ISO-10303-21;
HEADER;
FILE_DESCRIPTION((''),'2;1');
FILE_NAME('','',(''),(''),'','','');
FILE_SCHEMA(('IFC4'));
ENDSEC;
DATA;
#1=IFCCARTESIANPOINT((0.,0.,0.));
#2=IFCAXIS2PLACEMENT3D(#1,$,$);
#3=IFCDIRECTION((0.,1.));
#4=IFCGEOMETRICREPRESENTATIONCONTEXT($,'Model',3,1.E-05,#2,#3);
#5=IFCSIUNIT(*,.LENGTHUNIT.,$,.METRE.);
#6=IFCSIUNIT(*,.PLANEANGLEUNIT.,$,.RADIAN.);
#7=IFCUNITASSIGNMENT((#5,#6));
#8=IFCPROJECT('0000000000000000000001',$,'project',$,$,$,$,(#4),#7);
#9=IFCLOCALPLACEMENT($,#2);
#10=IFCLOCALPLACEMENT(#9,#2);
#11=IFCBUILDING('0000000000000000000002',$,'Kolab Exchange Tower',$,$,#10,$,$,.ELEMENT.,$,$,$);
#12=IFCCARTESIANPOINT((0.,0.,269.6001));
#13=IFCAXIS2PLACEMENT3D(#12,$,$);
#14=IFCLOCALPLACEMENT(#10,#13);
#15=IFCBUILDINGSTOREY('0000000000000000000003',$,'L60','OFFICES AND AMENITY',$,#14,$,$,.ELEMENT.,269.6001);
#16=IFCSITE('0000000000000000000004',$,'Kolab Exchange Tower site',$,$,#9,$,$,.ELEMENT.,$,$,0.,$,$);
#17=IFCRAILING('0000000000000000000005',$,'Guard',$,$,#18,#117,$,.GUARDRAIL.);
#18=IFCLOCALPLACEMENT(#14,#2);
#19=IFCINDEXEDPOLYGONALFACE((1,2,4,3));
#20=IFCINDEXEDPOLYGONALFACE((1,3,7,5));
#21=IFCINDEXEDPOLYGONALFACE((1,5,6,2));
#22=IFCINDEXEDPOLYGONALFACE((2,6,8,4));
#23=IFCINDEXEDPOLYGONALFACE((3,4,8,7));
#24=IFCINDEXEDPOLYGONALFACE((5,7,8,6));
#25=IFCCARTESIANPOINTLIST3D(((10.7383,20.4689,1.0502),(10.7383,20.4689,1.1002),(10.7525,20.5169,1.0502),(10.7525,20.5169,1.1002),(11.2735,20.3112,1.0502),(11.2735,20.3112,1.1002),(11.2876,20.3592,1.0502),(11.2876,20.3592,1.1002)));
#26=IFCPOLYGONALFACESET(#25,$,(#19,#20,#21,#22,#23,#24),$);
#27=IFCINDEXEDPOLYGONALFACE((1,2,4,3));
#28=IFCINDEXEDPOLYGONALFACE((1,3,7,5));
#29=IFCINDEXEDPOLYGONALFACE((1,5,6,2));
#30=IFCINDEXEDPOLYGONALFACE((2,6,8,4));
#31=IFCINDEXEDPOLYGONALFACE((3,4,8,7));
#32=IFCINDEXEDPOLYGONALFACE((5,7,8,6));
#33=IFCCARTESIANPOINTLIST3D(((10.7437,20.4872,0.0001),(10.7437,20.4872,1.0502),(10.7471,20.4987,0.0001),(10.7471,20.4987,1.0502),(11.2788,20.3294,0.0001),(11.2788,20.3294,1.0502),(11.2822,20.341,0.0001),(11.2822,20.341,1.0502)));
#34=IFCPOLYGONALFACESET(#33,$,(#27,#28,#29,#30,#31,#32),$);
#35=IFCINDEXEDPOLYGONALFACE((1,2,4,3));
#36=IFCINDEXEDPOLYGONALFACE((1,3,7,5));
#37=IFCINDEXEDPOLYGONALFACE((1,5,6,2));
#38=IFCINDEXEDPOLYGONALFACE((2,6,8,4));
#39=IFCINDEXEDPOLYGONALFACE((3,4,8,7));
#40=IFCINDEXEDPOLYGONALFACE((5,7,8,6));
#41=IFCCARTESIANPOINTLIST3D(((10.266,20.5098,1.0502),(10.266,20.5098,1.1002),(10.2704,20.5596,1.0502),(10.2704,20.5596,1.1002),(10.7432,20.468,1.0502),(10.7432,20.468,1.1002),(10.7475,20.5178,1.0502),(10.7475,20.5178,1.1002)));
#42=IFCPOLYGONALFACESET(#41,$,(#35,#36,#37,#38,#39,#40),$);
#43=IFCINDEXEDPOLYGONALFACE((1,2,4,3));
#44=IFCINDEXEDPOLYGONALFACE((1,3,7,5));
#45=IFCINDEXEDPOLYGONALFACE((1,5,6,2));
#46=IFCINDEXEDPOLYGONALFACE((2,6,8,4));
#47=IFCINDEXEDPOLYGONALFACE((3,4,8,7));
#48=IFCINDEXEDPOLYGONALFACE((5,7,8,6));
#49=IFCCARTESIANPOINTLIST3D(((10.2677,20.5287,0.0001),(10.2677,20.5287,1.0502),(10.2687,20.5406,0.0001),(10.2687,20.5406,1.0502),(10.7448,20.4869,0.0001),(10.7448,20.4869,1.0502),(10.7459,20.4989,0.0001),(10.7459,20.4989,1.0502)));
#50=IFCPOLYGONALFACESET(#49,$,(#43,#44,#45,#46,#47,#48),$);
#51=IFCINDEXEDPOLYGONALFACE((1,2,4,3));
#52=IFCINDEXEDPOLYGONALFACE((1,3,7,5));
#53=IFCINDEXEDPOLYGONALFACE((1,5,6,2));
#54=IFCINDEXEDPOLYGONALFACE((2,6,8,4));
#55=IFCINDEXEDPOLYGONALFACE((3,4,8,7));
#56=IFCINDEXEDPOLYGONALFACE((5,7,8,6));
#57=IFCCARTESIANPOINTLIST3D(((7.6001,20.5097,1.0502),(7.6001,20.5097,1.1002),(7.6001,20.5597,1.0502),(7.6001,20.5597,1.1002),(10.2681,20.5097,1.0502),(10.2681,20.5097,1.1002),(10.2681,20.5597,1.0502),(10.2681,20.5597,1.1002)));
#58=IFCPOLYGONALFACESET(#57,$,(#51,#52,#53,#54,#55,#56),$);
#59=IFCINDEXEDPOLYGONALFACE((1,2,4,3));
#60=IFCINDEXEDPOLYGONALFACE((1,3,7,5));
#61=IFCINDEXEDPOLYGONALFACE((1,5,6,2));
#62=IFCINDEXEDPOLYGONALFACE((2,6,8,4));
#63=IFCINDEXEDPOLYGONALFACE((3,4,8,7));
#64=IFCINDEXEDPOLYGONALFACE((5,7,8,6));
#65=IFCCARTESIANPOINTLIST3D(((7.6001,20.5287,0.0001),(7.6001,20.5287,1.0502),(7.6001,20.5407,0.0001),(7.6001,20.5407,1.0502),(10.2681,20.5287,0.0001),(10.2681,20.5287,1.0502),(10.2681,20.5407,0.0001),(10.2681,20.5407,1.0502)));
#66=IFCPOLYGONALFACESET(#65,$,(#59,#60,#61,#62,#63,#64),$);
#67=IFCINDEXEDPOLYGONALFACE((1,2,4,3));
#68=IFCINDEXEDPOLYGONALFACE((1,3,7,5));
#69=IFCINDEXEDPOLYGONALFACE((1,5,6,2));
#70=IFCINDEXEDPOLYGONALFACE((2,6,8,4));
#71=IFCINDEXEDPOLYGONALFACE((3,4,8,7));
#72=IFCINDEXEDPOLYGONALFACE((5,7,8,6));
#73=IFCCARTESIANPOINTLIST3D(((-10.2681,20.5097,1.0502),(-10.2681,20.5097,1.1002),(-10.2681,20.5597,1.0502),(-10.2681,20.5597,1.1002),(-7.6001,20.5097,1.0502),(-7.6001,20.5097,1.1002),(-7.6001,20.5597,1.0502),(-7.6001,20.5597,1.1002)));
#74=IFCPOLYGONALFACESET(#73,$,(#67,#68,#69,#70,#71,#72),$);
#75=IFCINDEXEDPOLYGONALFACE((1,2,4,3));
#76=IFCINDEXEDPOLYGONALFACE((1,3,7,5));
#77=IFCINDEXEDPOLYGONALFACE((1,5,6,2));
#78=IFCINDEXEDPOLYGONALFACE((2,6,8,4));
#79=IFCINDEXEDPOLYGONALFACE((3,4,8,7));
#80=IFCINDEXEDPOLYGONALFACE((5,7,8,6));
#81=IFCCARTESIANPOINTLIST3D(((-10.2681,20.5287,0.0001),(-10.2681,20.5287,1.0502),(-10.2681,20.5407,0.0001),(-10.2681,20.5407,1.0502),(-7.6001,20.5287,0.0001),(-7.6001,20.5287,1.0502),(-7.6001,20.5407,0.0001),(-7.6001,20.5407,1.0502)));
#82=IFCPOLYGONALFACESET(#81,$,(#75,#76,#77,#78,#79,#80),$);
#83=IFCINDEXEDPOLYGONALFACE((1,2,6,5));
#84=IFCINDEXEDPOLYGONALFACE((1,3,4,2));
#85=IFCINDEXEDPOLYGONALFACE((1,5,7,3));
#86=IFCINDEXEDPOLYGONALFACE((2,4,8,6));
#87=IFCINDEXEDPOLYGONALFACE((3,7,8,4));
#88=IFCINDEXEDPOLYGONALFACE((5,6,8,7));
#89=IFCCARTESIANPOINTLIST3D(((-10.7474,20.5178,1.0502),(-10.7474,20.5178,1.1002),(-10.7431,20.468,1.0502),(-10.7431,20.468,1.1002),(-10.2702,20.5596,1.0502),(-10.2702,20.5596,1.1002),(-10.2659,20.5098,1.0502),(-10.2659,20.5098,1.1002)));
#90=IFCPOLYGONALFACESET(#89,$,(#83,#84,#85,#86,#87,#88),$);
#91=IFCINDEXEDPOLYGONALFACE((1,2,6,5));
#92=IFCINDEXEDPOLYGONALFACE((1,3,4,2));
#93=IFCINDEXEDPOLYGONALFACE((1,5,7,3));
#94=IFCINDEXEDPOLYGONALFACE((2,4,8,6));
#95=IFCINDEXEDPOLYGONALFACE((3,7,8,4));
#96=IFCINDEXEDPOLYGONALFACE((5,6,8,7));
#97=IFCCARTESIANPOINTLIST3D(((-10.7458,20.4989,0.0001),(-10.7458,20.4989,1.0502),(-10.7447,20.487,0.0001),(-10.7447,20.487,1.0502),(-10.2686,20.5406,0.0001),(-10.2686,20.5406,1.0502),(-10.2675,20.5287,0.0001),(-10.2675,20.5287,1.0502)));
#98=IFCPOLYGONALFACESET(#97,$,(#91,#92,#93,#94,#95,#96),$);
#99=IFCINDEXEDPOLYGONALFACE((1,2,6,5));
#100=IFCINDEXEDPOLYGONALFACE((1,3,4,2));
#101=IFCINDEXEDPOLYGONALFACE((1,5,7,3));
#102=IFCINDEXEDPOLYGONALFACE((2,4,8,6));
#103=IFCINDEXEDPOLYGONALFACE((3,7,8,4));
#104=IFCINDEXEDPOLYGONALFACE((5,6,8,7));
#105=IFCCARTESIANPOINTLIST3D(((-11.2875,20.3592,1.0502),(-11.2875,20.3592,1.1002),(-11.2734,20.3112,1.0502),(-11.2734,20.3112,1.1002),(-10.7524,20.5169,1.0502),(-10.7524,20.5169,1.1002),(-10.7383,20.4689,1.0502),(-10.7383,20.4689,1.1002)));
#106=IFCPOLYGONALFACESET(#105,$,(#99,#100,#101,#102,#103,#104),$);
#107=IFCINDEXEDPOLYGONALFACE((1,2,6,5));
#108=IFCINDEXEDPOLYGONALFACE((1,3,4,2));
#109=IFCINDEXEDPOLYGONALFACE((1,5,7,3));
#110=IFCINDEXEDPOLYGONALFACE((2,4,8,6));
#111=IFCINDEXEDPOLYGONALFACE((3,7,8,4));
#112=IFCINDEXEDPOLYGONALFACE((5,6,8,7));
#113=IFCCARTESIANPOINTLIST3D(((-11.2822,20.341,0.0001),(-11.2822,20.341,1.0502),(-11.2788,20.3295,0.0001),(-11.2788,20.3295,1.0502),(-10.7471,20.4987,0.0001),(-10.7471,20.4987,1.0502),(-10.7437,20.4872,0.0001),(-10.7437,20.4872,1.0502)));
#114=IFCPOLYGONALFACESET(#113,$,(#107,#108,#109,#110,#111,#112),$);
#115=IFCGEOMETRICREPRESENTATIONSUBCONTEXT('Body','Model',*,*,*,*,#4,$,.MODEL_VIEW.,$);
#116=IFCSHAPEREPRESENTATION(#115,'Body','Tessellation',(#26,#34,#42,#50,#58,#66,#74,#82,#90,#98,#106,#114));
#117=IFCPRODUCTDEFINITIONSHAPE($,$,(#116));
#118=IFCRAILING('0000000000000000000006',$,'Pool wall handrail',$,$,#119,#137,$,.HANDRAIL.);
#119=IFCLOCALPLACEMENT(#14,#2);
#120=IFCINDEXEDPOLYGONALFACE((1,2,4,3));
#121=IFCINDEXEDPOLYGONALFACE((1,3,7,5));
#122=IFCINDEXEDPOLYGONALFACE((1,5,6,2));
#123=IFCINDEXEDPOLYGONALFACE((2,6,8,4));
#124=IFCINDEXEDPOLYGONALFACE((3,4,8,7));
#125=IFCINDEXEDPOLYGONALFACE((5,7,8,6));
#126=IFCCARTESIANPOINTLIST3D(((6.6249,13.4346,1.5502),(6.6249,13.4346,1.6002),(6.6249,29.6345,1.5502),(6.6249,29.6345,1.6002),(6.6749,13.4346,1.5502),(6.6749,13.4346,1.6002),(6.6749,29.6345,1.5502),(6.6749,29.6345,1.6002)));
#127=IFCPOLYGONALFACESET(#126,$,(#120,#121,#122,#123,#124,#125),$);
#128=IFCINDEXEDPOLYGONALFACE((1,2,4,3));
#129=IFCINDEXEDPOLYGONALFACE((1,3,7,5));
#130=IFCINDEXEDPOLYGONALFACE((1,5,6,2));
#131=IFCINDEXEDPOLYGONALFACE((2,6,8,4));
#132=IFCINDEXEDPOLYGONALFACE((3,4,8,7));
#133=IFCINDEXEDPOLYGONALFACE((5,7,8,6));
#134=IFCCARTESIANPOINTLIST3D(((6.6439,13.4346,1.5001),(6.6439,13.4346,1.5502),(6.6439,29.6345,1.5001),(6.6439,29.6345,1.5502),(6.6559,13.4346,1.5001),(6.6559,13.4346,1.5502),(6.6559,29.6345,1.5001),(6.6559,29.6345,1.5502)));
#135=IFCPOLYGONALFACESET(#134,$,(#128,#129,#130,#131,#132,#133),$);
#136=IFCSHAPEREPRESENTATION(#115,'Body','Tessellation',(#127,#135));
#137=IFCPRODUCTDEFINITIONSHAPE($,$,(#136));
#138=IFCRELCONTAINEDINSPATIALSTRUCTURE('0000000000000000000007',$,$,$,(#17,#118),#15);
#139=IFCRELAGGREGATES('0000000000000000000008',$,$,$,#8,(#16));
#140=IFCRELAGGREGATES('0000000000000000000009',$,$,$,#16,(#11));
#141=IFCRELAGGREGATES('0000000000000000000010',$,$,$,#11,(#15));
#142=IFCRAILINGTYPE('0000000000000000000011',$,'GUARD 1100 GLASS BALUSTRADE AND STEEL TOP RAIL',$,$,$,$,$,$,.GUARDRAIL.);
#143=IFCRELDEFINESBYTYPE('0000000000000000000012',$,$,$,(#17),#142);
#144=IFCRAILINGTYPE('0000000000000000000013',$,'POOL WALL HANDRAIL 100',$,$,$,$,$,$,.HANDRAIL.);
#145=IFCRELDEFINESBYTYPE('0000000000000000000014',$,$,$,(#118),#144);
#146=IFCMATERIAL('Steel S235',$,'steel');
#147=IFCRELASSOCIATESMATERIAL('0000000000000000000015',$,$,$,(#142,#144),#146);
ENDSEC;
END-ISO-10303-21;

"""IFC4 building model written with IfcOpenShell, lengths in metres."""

from ifc_helpers import new_model, si_unit, direction, frame, frame_2d, origin, origin_2d, place, context, subcontext, project, spatial, rectangle, extrude, material, type_object, element, save


model = new_model("IFC4")

# Units and contexts
model_context = context("Model", 3, precision=1e-05, world=origin(), true_north=direction((0.0, 1.0)))
body_context = subcontext(model_context, "Body", "Model", "MODEL_VIEW")
ifc_project = project(units=[si_unit("LENGTHUNIT", "METRE"), si_unit("PLANEANGLEUNIT", "RADIAN")], contexts=[model_context])

# Site, building, storey
site_placement = place(None, origin())
site = spatial("IfcSite", under=ifc_project, at=site_placement, Name="Kolab Exchange Tower site", CompositionType="ELEMENT", RefElevation=0.0)
building_placement = place(site_placement, origin())
building = spatial("IfcBuilding", under=site, at=building_placement, Name="Kolab Exchange Tower", CompositionType="ELEMENT")
storey_placement = place(building_placement, frame((0.0, 0.0, 269.6001)))
storey = spatial("IfcBuildingStorey", under=building, at=storey_placement, Name="L60", Description="OFFICES AND AMENITY", CompositionType="ELEMENT", Elevation=269.6001)

# Railings
ifc_material_1 = material(Name="Steel S235", Category="steel")
railing_type_1 = type_object("IfcRailingType", Name="GUARD 1100 GLASS BALUSTRADE AND STEEL TOP RAIL", PredefinedType="GUARDRAIL", material=ifc_material_1)
railing_1_placement = place(storey_placement, frame((11.2805, 20.3352, 0.0)))
element("IfcRailing", 1, at=railing_1_placement, inside=storey, type_object=railing_type_1, Name="Guard", PredefinedType="GUARDRAIL", context=body_context, shape_type="SweptSolid", body=[
    extrude(rectangle(XDim=0.05, YDim=0.05, at=origin_2d()), frame((0.0, 0.0, 1.0752), z_axis=(-0.959212, 0.282687, 0.0), x_axis=(-0.282687, -0.959212, 0.0)), (0.0, 0.0, 1.0), 0.5579),
    extrude(rectangle(XDim=0.012, YDim=1.0501, at=frame_2d((0.0, 0.5251))), frame((0.0, 0.0, 0.0), z_axis=(-0.959212, 0.282687, 0.0), x_axis=(-0.282687, -0.959212, 0.0)), (0.0, 0.0, 1.0), 0.5579),
    extrude(rectangle(XDim=0.05, YDim=0.05, at=origin_2d()), frame((-0.5352, 0.1577, 1.0752), z_axis=(-0.996196, 0.087135, 0.0), x_axis=(-0.087135, -0.996196, 0.0)), (0.0, 0.0, 1.0), 0.479),
    extrude(rectangle(XDim=0.012, YDim=1.0501, at=frame_2d((0.0, 0.5251))), frame((-0.5352, 0.1577, 0.0), z_axis=(-0.996196, 0.087135, 0.0), x_axis=(-0.087135, -0.996196, 0.0)), (0.0, 0.0, 1.0), 0.479),
    extrude(rectangle(XDim=0.05, YDim=0.05, at=origin_2d()), frame((-1.0125, 0.1995, 1.0752), z_axis=(-1.0, 0.0, 0.0), x_axis=(0.0, -1.0, 0.0)), (0.0, 0.0, 1.0), 2.668),
    extrude(rectangle(XDim=0.012, YDim=1.0501, at=frame_2d((0.0, 0.5251))), frame((-1.0125, 0.1995, 0.0), z_axis=(-1.0, 0.0, 0.0), x_axis=(0.0, -1.0, 0.0)), (0.0, 0.0, 1.0), 2.668),
    extrude(rectangle(XDim=0.05, YDim=0.05, at=origin_2d()), frame((-18.8806, 0.1995, 1.0752), z_axis=(-1.0, 0.0, 0.0), x_axis=(0.0, -1.0, 0.0)), (0.0, 0.0, 1.0), 2.668),
    extrude(rectangle(XDim=0.012, YDim=1.0501, at=frame_2d((0.0, 0.5251))), frame((-18.8806, 0.1995, 0.0), z_axis=(-1.0, 0.0, 0.0), x_axis=(0.0, -1.0, 0.0)), (0.0, 0.0, 1.0), 2.668),
    extrude(rectangle(XDim=0.05, YDim=0.05, at=origin_2d()), frame((-21.5486, 0.1995, 1.0752), z_axis=(-0.996196, -0.087135, 0.0), x_axis=(0.087135, -0.996196, 0.0)), (0.0, 0.0, 1.0), 0.479),
    extrude(rectangle(XDim=0.012, YDim=1.0501, at=frame_2d((0.0, 0.5251))), frame((-21.5486, 0.1995, 0.0), z_axis=(-0.996196, -0.087135, 0.0), x_axis=(0.087135, -0.996196, 0.0)), (0.0, 0.0, 1.0), 0.479),
    extrude(rectangle(XDim=0.05, YDim=0.05, at=origin_2d()), frame((-22.0259, 0.1577, 1.0752), z_axis=(-0.959212, -0.282687, 0.0), x_axis=(0.282687, -0.959212, 0.0)), (0.0, 0.0, 1.0), 0.5579),
    extrude(rectangle(XDim=0.012, YDim=1.0501, at=frame_2d((0.0, 0.5251))), frame((-22.0259, 0.1577, 0.0), z_axis=(-0.959212, -0.282687, 0.0), x_axis=(0.282687, -0.959212, 0.0)), (0.0, 0.0, 1.0), 0.5579),
])
railing_type_2 = type_object("IfcRailingType", Name="POOL WALL HANDRAIL 100", PredefinedType="HANDRAIL", material=ifc_material_1)
railing_2_placement = place(storey_placement, frame((6.6499, 29.6345, 1.5)))
element("IfcRailing", 2, at=railing_2_placement, inside=storey, type_object=railing_type_2, Name="Pool wall handrail", PredefinedType="HANDRAIL", context=body_context, shape_type="SweptSolid", body=[
    extrude(rectangle(XDim=0.05, YDim=0.05, at=origin_2d()), frame((0.0, 0.0, 0.0752), z_axis=(0.0, -1.0, 0.0), x_axis=(1.0, 0.0, 0.0)), (0.0, 0.0, 1.0), 16.2),
    extrude(rectangle(XDim=0.012, YDim=0.0501, at=frame_2d((0.0, 0.0251))), frame((0.0, 0.0, 0.0), z_axis=(0.0, -1.0, 0.0), x_axis=(1.0, 0.0, 0.0)), (0.0, 0.0, 1.0), 16.2),
])

save(model, "model.ifc")
